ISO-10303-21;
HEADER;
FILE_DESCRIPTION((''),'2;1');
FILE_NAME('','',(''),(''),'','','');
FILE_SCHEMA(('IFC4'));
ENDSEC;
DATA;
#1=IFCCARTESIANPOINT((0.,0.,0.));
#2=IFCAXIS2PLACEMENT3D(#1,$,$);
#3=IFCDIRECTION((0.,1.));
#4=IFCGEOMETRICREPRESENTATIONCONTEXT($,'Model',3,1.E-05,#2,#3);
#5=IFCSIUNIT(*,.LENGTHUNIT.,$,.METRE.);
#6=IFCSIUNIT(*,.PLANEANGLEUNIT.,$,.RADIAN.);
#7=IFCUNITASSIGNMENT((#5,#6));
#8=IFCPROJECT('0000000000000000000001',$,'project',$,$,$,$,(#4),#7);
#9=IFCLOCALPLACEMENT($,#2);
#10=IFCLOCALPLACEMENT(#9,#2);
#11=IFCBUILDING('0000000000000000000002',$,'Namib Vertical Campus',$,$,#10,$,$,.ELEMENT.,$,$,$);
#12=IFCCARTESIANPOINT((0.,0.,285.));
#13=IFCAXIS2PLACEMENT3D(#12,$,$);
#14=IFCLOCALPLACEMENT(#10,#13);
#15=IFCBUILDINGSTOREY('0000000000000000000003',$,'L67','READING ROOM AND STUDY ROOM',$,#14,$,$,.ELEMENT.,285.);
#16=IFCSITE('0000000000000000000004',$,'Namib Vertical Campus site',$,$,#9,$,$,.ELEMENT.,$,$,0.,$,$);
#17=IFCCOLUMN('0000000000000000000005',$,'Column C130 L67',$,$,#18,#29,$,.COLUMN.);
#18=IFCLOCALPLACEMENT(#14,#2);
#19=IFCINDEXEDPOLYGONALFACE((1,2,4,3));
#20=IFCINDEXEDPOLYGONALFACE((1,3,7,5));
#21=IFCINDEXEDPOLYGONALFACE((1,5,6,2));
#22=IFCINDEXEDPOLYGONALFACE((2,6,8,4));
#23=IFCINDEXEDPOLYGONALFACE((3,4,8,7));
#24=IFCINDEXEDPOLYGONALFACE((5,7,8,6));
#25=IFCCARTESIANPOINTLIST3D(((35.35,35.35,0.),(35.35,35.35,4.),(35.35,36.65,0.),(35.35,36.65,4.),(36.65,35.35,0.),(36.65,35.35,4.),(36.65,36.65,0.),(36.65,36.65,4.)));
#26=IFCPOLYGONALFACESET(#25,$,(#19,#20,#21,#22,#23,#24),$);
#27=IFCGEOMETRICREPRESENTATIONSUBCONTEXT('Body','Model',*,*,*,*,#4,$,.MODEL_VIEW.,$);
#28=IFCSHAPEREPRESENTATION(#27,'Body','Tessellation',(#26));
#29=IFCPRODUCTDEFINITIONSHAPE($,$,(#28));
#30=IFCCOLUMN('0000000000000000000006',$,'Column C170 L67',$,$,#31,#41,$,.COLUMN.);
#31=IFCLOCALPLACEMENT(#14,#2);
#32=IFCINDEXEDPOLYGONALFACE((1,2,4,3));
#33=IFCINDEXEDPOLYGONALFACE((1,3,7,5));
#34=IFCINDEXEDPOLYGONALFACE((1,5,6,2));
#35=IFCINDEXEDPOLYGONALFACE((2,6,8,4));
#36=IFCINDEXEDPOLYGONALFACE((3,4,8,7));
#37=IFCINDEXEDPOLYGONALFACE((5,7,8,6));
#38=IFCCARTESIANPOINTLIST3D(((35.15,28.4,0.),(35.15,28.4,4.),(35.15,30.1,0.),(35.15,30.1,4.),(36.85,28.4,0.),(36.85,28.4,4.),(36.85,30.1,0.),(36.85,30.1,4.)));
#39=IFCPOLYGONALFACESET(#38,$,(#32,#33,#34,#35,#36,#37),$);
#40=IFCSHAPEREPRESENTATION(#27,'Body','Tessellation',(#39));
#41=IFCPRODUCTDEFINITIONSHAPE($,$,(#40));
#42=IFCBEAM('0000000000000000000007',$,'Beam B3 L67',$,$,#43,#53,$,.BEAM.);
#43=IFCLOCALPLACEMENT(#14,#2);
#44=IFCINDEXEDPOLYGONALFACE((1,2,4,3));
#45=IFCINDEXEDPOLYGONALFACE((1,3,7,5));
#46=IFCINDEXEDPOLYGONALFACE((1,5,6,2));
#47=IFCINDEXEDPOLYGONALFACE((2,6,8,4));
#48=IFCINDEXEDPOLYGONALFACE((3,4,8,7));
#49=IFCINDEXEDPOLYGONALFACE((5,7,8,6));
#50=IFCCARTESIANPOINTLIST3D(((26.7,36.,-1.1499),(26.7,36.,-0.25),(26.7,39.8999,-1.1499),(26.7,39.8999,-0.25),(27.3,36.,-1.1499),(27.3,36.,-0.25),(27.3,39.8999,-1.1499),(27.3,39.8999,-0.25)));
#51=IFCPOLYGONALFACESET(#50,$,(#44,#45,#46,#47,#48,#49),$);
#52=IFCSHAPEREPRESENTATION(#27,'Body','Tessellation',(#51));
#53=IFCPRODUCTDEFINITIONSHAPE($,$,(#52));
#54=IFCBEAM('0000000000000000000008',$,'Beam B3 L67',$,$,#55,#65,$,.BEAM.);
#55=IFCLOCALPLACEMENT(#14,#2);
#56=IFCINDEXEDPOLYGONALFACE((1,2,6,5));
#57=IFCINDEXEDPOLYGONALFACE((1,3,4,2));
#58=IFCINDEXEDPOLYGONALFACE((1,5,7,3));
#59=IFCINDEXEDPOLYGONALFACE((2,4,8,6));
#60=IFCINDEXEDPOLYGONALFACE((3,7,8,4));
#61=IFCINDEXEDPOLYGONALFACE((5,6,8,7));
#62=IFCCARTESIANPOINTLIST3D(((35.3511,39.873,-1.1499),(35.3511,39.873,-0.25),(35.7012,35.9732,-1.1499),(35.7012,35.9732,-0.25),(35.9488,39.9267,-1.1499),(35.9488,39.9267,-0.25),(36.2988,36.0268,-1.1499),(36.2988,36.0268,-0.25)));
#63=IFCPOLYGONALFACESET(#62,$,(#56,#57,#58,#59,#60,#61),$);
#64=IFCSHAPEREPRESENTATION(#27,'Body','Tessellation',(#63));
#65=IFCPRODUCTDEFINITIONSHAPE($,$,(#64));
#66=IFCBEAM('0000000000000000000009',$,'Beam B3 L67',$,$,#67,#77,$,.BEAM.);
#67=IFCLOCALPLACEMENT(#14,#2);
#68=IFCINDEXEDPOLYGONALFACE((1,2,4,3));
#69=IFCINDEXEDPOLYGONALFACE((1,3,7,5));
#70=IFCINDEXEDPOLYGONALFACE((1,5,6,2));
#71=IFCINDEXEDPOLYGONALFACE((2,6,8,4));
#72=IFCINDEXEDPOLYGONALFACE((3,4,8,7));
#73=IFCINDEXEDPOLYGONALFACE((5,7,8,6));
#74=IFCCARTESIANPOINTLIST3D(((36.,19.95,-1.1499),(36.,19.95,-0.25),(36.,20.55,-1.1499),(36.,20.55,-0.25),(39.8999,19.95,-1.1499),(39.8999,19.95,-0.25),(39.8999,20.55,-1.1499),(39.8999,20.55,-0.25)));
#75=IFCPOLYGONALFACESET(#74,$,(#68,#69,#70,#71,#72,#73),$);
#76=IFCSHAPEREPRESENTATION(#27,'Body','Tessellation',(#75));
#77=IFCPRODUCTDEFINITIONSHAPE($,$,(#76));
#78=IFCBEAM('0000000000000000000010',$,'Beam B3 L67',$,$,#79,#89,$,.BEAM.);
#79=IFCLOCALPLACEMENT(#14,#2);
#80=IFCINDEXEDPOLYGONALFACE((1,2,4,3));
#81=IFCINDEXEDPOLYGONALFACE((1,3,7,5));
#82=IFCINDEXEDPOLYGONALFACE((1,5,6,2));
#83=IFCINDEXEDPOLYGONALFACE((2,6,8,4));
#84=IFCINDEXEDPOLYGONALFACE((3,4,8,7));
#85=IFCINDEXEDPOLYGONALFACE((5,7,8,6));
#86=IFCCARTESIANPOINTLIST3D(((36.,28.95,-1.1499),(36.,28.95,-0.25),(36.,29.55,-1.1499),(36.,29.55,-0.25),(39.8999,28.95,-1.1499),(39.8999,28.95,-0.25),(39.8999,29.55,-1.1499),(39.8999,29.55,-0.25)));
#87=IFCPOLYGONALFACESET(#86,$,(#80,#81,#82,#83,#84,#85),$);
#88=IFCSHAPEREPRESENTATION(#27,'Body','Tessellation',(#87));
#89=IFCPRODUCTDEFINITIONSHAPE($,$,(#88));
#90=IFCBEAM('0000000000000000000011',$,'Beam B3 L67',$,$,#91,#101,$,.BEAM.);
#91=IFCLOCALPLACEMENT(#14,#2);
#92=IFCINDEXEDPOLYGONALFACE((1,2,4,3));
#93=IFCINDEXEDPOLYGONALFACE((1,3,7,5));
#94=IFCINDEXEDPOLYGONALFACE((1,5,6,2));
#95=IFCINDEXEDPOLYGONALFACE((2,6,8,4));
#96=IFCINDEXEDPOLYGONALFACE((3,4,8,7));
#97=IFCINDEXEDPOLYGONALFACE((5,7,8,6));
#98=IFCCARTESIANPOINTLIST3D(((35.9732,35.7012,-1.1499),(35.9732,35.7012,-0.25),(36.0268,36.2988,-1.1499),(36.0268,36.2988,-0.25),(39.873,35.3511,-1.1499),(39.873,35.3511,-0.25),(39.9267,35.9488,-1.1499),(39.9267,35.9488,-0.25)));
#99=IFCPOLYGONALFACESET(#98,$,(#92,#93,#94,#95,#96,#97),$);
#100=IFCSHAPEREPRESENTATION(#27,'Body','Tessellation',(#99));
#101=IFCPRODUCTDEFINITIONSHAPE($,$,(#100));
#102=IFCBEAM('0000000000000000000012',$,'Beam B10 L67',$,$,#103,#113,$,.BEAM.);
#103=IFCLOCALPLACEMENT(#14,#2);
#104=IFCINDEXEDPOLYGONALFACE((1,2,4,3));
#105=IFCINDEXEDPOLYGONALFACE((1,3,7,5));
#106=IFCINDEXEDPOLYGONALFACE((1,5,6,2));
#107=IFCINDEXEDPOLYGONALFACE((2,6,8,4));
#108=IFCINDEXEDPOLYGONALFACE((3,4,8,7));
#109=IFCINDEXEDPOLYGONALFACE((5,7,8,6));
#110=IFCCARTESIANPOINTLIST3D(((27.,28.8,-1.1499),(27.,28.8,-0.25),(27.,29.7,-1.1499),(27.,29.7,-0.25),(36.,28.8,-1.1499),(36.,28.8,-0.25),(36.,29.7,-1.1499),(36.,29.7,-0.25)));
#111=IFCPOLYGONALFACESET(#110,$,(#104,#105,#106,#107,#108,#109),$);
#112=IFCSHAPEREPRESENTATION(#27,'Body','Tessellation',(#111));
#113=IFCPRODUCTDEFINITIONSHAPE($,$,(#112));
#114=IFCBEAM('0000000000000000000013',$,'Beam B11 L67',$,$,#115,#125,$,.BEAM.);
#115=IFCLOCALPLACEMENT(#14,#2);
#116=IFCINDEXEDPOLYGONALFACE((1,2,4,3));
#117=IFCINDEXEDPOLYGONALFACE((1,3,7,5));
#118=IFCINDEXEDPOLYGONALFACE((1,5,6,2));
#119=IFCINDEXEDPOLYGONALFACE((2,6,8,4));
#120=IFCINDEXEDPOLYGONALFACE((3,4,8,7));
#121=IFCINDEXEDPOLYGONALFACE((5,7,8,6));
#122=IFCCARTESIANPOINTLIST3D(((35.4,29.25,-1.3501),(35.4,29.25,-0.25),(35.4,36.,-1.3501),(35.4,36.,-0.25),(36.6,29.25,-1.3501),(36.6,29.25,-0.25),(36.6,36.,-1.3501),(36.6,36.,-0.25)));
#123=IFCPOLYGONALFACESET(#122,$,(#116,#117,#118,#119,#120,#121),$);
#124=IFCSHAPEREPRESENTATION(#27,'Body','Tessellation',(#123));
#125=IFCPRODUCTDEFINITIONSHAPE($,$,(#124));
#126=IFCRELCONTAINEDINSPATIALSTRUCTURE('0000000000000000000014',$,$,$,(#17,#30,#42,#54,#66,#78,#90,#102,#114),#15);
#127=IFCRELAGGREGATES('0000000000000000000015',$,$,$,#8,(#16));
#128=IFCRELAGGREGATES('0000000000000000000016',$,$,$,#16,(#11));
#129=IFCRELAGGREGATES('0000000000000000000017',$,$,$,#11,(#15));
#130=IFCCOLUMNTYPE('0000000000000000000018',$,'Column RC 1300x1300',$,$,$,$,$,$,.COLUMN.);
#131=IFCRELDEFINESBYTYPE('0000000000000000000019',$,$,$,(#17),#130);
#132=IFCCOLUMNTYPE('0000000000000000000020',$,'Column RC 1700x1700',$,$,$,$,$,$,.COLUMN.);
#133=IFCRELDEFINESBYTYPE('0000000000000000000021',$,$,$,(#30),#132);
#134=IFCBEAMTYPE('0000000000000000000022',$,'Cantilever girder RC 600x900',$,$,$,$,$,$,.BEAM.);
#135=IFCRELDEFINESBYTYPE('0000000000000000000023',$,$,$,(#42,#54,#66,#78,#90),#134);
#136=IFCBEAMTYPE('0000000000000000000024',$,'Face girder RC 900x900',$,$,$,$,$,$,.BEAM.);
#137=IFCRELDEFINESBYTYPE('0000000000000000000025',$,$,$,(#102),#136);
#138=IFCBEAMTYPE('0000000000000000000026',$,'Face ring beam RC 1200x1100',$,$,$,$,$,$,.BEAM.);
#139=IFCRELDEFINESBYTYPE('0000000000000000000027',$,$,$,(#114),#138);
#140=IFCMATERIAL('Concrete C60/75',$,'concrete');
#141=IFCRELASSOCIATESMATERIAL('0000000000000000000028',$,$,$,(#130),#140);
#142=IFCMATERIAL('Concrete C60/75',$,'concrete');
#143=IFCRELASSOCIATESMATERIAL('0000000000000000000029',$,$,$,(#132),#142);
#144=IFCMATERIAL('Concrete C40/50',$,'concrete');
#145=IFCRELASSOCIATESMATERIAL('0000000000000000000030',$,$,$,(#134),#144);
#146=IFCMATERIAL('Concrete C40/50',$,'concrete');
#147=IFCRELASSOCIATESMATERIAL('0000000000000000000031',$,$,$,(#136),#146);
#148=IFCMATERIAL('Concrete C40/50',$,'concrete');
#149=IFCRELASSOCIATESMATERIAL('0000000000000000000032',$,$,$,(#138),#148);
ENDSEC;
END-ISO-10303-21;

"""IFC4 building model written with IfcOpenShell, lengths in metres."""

from ifc_helpers import new_model, si_unit, direction, frame, origin, origin_2d, place, context, subcontext, project, spatial, rectangle, extrude, material, material_profile, profile_set, type_object, element, save


model = new_model("IFC4")

# Units and contexts
model_context = context("Model", 3, precision=1e-05, world=origin(), true_north=direction((0.0, 1.0)))
body_context = subcontext(model_context, "Body", "Model", "MODEL_VIEW")
ifc_project = project(units=[si_unit("LENGTHUNIT", "METRE"), si_unit("PLANEANGLEUNIT", "RADIAN")], contexts=[model_context])

# Site, building, storey
site_placement = place(None, origin())
site = spatial("IfcSite", under=ifc_project, at=site_placement, Name="Namib Vertical Campus site", CompositionType="ELEMENT", RefElevation=0.0)
building_placement = place(site_placement, origin())
building = spatial("IfcBuilding", under=site, at=building_placement, Name="Namib Vertical Campus", CompositionType="ELEMENT")
storey_placement = place(building_placement, frame((0.0, 0.0, 285.0)))
storey = spatial("IfcBuildingStorey", under=building, at=storey_placement, Name="L67", Description="READING ROOM AND STUDY ROOM", CompositionType="ELEMENT", Elevation=285.0)

# Columns
ifc_material_1 = material(Name="Concrete C60/75", Category="concrete")
ifc_material_profile_1 = material_profile(ifc_material_1, rectangle(XDim=1.3, YDim=1.3, at=origin_2d()))
ifc_profile_set_1 = profile_set([ifc_material_profile_1], Name="Concrete C60/75")
column_type_1 = type_object("IfcColumnType", Name="Column RC 1300x1300", PredefinedType="COLUMN", material=ifc_profile_set_1)
column_1_placement = place(storey_placement, frame((36.0, 36.0, 0.0), z_axis=(0.0, 0.0, 1.0), x_axis=(1.0, 0.0, 0.0)))
element("IfcColumn", 1, at=column_1_placement, inside=storey, type_object=column_type_1, Name="Column C130 L67", PredefinedType="COLUMN", context=body_context, shape_type="SweptSolid", body=[
    extrude(rectangle(XDim=1.3, YDim=1.3, at=origin_2d()), origin(), (0.0, 0.0, 1.0), 4.0),
])
ifc_material_2 = material(Name="Concrete C60/75", Category="concrete")
ifc_material_profile_2 = material_profile(ifc_material_2, rectangle(XDim=1.7, YDim=1.7, at=origin_2d()))
ifc_profile_set_2 = profile_set([ifc_material_profile_2], Name="Concrete C60/75")
column_type_2 = type_object("IfcColumnType", Name="Column RC 1700x1700", PredefinedType="COLUMN", material=ifc_profile_set_2)
column_2_placement = place(storey_placement, frame((36.0, 29.25, 0.0), z_axis=(0.0, 0.0, 1.0), x_axis=(1.0, 0.0, 0.0)))
element("IfcColumn", 2, at=column_2_placement, inside=storey, type_object=column_type_2, Name="Column C170 L67", PredefinedType="COLUMN", context=body_context, shape_type="SweptSolid", body=[
    extrude(rectangle(XDim=1.7, YDim=1.7, at=origin_2d()), origin(), (0.0, 0.0, 1.0), 4.0),
])

# Beams
ifc_material_3 = material(Name="Concrete C40/50", Category="concrete")
ifc_material_profile_3 = material_profile(ifc_material_3, rectangle(XDim=0.6001, YDim=0.8999, at=origin_2d()))
ifc_profile_set_3 = profile_set([ifc_material_profile_3], Name="Concrete C40/50")
beam_type_1 = type_object("IfcBeamType", Name="Cantilever girder RC 600x900", PredefinedType="BEAM", material=ifc_profile_set_3)
beam_1_placement = place(storey_placement, frame((27.0, 36.0, -0.7), z_axis=(0.0, 1.0, 0.0), x_axis=(-1.0, 0.0, 0.0)))
element("IfcBeam", 3, at=beam_1_placement, inside=storey, type_object=beam_type_1, Name="Beam B3 L67", PredefinedType="BEAM", context=body_context, shape_type="SweptSolid", body=[
    extrude(rectangle(XDim=0.6001, YDim=0.8999, at=origin_2d()), origin(), (0.0, 0.0, 1.0), 3.8999),
])
beam_2_placement = place(storey_placement, frame((36.0, 36.0, -0.7), z_axis=(-0.089411, 0.995995, 0.0), x_axis=(-0.995995, -0.089411, 0.0)))
element("IfcBeam", 4, at=beam_2_placement, inside=storey, type_object=beam_type_1, Name="Beam B3 L67", PredefinedType="BEAM", context=body_context, shape_type="SweptSolid", body=[
    extrude(rectangle(XDim=0.6001, YDim=0.8999, at=origin_2d()), origin(), (0.0, 0.0, 1.0), 3.9155),
])
for number, where, z_axis, x_axis, name in (
    (5, (36.0, 20.25, -0.7), (1.0, 0.0, 0.0), (0.0, 1.0, 0.0), "Beam B3 L67"),
    (6, (36.0, 29.25, -0.7), (1.0, 0.0, 0.0), (0.0, 1.0, 0.0), "Beam B3 L67"),
):
    element("IfcBeam", number, at=place(storey_placement, frame(where, z_axis=z_axis, x_axis=x_axis)), inside=storey, type_object=beam_type_1, Name=name, PredefinedType="BEAM", context=body_context, shape_type="SweptSolid", body=[
        extrude(rectangle(XDim=0.6001, YDim=0.8999, at=origin_2d()), origin(), (0.0, 0.0, 1.0), 3.8999),
    ])
beam_3_placement = place(storey_placement, frame((36.0, 36.0, -0.7), z_axis=(0.995995, -0.089411, 0.0), x_axis=(0.089411, 0.995995, 0.0)))
element("IfcBeam", 7, at=beam_3_placement, inside=storey, type_object=beam_type_1, Name="Beam B3 L67", PredefinedType="BEAM", context=body_context, shape_type="SweptSolid", body=[
    extrude(rectangle(XDim=0.6001, YDim=0.8999, at=origin_2d()), origin(), (0.0, 0.0, 1.0), 3.9155),
])
ifc_material_4 = material(Name="Concrete C40/50", Category="concrete")
ifc_material_profile_4 = material_profile(ifc_material_4, rectangle(XDim=0.8999, YDim=0.8999, at=origin_2d()))
ifc_profile_set_4 = profile_set([ifc_material_profile_4], Name="Concrete C40/50")
beam_type_2 = type_object("IfcBeamType", Name="Face girder RC 900x900", PredefinedType="BEAM", material=ifc_profile_set_4)
beam_4_placement = place(storey_placement, frame((36.0, 29.25, -0.7), z_axis=(-1.0, 0.0, 0.0), x_axis=(0.0, -1.0, 0.0)))
element("IfcBeam", 8, at=beam_4_placement, inside=storey, type_object=beam_type_2, Name="Beam B10 L67", PredefinedType="BEAM", context=body_context, shape_type="SweptSolid", body=[
    extrude(rectangle(XDim=0.8999, YDim=0.8999, at=origin_2d()), origin(), (0.0, 0.0, 1.0), 9.0),
])
ifc_material_5 = material(Name="Concrete C40/50", Category="concrete")
ifc_material_profile_5 = material_profile(ifc_material_5, rectangle(XDim=1.2, YDim=1.1001, at=origin_2d()))
ifc_profile_set_5 = profile_set([ifc_material_profile_5], Name="Concrete C40/50")
beam_type_3 = type_object("IfcBeamType", Name="Face ring beam RC 1200x1100", PredefinedType="BEAM", material=ifc_profile_set_5)
beam_5_placement = place(storey_placement, frame((36.0, 29.25, -0.8), z_axis=(0.0, 1.0, 0.0), x_axis=(-1.0, 0.0, 0.0)))
element("IfcBeam", 9, at=beam_5_placement, inside=storey, type_object=beam_type_3, Name="Beam B11 L67", PredefinedType="BEAM", context=body_context, shape_type="SweptSolid", body=[
    extrude(rectangle(XDim=1.2, YDim=1.1001, at=origin_2d()), origin(), (0.0, 0.0, 1.0), 6.75),
])

save(model, "model.ifc")
